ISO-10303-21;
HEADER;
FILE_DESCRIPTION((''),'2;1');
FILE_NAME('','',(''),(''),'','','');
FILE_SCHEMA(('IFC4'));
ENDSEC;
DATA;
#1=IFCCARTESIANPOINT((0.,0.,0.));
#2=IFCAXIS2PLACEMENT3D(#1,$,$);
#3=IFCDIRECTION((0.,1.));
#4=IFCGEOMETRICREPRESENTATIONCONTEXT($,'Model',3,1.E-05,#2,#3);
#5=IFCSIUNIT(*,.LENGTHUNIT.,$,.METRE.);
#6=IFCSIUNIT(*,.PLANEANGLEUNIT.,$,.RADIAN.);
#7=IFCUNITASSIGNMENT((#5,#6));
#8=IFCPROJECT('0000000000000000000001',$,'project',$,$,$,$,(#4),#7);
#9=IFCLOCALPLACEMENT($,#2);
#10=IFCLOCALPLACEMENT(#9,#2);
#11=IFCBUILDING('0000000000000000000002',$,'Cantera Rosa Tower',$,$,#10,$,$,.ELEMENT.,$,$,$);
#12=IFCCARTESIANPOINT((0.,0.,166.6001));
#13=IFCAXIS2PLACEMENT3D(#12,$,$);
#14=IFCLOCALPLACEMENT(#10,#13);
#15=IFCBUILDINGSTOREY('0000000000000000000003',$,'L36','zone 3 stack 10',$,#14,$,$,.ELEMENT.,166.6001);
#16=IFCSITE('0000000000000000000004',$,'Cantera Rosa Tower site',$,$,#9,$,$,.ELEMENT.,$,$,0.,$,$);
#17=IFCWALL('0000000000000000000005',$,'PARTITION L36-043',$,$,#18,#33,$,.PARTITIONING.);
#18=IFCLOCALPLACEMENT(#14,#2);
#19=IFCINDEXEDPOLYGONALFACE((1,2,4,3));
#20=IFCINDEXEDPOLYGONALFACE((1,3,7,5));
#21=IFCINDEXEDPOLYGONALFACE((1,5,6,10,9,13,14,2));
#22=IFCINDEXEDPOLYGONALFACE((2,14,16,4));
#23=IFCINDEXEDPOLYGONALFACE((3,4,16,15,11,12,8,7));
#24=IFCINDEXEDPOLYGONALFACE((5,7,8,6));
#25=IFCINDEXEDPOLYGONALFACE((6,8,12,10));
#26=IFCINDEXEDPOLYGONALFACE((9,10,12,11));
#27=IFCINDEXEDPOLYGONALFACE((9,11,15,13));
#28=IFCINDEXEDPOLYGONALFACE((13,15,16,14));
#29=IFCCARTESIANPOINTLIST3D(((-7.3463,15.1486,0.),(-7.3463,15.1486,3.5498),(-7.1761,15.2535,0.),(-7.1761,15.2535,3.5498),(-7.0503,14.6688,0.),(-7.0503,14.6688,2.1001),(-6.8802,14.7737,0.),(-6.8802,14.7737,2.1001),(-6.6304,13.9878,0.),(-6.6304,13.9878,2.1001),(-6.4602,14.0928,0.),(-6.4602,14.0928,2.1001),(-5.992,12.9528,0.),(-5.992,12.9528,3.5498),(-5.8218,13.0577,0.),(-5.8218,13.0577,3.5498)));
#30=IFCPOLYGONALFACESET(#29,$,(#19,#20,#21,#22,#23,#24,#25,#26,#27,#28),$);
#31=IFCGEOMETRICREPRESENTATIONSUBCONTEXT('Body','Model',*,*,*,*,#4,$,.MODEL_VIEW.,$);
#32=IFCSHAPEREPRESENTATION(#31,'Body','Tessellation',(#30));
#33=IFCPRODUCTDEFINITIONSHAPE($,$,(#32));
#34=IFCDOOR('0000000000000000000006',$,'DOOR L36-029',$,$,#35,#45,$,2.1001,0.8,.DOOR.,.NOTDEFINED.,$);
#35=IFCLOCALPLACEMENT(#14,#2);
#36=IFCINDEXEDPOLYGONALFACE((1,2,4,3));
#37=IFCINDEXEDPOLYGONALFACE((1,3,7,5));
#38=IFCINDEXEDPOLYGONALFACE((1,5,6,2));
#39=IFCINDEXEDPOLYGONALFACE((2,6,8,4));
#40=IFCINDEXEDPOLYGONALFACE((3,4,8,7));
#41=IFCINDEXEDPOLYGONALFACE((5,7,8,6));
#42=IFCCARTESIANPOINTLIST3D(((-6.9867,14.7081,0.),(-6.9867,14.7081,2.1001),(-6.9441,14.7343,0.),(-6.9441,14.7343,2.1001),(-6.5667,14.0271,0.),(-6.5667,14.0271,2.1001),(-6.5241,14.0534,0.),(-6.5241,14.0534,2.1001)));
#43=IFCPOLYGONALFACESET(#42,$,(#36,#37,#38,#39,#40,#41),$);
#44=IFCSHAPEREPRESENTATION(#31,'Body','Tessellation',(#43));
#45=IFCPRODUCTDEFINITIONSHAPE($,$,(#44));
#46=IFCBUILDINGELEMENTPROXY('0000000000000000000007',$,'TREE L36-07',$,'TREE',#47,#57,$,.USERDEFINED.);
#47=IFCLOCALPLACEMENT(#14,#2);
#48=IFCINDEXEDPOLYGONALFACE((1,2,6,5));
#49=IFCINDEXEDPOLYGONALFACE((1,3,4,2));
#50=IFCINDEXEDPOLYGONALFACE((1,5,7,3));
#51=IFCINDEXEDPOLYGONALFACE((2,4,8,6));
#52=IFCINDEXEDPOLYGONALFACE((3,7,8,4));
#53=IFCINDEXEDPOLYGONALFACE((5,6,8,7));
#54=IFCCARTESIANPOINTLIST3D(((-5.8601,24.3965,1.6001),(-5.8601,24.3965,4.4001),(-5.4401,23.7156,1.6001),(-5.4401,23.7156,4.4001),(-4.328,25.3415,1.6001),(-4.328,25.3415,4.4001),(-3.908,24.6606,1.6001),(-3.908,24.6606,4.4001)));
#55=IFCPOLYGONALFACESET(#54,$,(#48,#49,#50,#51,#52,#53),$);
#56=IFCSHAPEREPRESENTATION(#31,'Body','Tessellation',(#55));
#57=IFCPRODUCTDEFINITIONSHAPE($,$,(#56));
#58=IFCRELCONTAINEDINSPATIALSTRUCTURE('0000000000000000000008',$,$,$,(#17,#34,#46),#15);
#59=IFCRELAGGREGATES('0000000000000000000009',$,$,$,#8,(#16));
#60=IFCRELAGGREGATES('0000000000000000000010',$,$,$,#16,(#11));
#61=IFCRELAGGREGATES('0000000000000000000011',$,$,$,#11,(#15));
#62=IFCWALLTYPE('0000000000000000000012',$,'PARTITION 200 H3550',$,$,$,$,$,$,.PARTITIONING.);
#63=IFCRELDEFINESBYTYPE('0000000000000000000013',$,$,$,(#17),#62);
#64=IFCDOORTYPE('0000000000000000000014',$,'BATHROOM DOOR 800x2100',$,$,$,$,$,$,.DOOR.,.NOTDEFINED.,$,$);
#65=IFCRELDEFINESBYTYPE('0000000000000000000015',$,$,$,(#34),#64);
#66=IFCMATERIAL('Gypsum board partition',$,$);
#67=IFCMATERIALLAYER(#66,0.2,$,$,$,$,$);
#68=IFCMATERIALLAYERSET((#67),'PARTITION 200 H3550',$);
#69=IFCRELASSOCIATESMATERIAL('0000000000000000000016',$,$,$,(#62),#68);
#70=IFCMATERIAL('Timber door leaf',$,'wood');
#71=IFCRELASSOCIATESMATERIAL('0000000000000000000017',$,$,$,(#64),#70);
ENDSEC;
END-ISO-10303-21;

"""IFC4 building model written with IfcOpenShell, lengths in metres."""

from ifc_helpers import new_model, si_unit, direction, frame, frame_2d, origin, origin_2d, place, context, subcontext, project, spatial, rectangle, extrude, material, layer, layer_set, type_object, element, fill, save


model = new_model("IFC4")

# Units and contexts
model_context = context("Model", 3, precision=1e-05, world=origin(), true_north=direction((0.0, 1.0)))
body_context = subcontext(model_context, "Body", "Model", "MODEL_VIEW")
ifc_project = project(units=[si_unit("LENGTHUNIT", "METRE"), si_unit("PLANEANGLEUNIT", "RADIAN")], contexts=[model_context])

# Site, building, storey
site_placement = place(None, origin())
site = spatial("IfcSite", under=ifc_project, at=site_placement, Name="Cantera Rosa Tower site", CompositionType="ELEMENT", RefElevation=0.0)
building_placement = place(site_placement, origin())
building = spatial("IfcBuilding", under=site, at=building_placement, Name="Cantera Rosa Tower", CompositionType="ELEMENT")
storey_placement = place(building_placement, frame((0.0, 0.0, 166.6001)))
storey = spatial("IfcBuildingStorey", under=building, at=storey_placement, Name="L36", Description="zone 3 stack 10", CompositionType="ELEMENT", Elevation=166.6001)

# Shared definitions
ifc_material_1 = material(Name="Gypsum board partition")
ifc_layer_1 = layer(ifc_material_1, 0.2)
ifc_layer_set_1 = layer_set([ifc_layer_1], Name="PARTITION 200 H3550")
wall_type_1 = type_object("IfcWallType", Name="PARTITION 200 H3550", PredefinedType="PARTITIONING", material=ifc_layer_set_1)
ifc_material_2 = material(Name="Timber door leaf", Category="wood")
door_type_1 = type_object("IfcDoorType", Name="BATHROOM DOOR 800x2100", OperationType="NOTDEFINED", PredefinedType="DOOR", material=ifc_material_2)

# Wall, opening, door
wall_1_placement = place(storey_placement, frame((-7.2612, 15.2012, 0.0), z_axis=(0.0, 0.0, 1.0), x_axis=(0.524937, -0.851141, 0.0)))
wall_1 = element("IfcWall", 1, at=wall_1_placement, inside=storey, type_object=wall_type_1, Name="PARTITION L36-043", PredefinedType="PARTITIONING", context=body_context, shape_type="SweptSolid", body=[
    extrude(rectangle(XDim=2.5798, YDim=0.2, at=frame_2d((1.29, 0.0))), origin(), (0.0, 0.0, 1.0), 3.5498),
])
opening_1_placement = place(wall_1_placement, frame((0.564, 0.0, 0.0)))
opening_1 = element("IfcOpeningElement", 2, at=opening_1_placement, cuts=wall_1, PredefinedType="OPENING", context=body_context, shape_type="SweptSolid", body=[
    extrude(rectangle(XDim=0.8, YDim=2.1001, at=frame_2d((0.3999, 1.05))), frame((0.0, 0.1099, 0.0), z_axis=(0.0, -1.0, 0.0), x_axis=(1.0, 0.0, 0.0)), (0.0, 0.0, 1.0), 0.22),
])
door_1_placement = place(opening_1_placement, origin())
door_1 = element("IfcDoor", 3, at=door_1_placement, inside=storey, type_object=door_type_1, Name="DOOR L36-029", OperationType="NOTDEFINED", OverallHeight=2.1001, OverallWidth=0.8, PredefinedType="DOOR", context=body_context, shape_type="SweptSolid", body=[
    extrude(rectangle(XDim=0.8, YDim=2.1001, at=frame_2d((0.3999, 1.05))), frame((0.0, 0.0249, 0.0), z_axis=(0.0, -1.0, 0.0), x_axis=(1.0, 0.0, 0.0)), (0.0, 0.0, 1.0), 0.05),
])
fill(opening_1, door_1)

# Building element proxy
proxy_placement = place(storey_placement, frame((-4.884, 24.5286, 1.6001), z_axis=(0.0, 0.0, 1.0), x_axis=(-0.851117, -0.524977, 0.0)))
element("IfcBuildingElementProxy", 4, at=proxy_placement, inside=storey, Name="TREE L36-07", ObjectType="TREE", PredefinedType="USERDEFINED", context=body_context, shape_type="SweptSolid", body=[
    extrude(rectangle(XDim=1.8, YDim=0.8, at=origin_2d()), origin(), (0.0, 0.0, 1.0), 2.8),
])

save(model, "model.ifc")
